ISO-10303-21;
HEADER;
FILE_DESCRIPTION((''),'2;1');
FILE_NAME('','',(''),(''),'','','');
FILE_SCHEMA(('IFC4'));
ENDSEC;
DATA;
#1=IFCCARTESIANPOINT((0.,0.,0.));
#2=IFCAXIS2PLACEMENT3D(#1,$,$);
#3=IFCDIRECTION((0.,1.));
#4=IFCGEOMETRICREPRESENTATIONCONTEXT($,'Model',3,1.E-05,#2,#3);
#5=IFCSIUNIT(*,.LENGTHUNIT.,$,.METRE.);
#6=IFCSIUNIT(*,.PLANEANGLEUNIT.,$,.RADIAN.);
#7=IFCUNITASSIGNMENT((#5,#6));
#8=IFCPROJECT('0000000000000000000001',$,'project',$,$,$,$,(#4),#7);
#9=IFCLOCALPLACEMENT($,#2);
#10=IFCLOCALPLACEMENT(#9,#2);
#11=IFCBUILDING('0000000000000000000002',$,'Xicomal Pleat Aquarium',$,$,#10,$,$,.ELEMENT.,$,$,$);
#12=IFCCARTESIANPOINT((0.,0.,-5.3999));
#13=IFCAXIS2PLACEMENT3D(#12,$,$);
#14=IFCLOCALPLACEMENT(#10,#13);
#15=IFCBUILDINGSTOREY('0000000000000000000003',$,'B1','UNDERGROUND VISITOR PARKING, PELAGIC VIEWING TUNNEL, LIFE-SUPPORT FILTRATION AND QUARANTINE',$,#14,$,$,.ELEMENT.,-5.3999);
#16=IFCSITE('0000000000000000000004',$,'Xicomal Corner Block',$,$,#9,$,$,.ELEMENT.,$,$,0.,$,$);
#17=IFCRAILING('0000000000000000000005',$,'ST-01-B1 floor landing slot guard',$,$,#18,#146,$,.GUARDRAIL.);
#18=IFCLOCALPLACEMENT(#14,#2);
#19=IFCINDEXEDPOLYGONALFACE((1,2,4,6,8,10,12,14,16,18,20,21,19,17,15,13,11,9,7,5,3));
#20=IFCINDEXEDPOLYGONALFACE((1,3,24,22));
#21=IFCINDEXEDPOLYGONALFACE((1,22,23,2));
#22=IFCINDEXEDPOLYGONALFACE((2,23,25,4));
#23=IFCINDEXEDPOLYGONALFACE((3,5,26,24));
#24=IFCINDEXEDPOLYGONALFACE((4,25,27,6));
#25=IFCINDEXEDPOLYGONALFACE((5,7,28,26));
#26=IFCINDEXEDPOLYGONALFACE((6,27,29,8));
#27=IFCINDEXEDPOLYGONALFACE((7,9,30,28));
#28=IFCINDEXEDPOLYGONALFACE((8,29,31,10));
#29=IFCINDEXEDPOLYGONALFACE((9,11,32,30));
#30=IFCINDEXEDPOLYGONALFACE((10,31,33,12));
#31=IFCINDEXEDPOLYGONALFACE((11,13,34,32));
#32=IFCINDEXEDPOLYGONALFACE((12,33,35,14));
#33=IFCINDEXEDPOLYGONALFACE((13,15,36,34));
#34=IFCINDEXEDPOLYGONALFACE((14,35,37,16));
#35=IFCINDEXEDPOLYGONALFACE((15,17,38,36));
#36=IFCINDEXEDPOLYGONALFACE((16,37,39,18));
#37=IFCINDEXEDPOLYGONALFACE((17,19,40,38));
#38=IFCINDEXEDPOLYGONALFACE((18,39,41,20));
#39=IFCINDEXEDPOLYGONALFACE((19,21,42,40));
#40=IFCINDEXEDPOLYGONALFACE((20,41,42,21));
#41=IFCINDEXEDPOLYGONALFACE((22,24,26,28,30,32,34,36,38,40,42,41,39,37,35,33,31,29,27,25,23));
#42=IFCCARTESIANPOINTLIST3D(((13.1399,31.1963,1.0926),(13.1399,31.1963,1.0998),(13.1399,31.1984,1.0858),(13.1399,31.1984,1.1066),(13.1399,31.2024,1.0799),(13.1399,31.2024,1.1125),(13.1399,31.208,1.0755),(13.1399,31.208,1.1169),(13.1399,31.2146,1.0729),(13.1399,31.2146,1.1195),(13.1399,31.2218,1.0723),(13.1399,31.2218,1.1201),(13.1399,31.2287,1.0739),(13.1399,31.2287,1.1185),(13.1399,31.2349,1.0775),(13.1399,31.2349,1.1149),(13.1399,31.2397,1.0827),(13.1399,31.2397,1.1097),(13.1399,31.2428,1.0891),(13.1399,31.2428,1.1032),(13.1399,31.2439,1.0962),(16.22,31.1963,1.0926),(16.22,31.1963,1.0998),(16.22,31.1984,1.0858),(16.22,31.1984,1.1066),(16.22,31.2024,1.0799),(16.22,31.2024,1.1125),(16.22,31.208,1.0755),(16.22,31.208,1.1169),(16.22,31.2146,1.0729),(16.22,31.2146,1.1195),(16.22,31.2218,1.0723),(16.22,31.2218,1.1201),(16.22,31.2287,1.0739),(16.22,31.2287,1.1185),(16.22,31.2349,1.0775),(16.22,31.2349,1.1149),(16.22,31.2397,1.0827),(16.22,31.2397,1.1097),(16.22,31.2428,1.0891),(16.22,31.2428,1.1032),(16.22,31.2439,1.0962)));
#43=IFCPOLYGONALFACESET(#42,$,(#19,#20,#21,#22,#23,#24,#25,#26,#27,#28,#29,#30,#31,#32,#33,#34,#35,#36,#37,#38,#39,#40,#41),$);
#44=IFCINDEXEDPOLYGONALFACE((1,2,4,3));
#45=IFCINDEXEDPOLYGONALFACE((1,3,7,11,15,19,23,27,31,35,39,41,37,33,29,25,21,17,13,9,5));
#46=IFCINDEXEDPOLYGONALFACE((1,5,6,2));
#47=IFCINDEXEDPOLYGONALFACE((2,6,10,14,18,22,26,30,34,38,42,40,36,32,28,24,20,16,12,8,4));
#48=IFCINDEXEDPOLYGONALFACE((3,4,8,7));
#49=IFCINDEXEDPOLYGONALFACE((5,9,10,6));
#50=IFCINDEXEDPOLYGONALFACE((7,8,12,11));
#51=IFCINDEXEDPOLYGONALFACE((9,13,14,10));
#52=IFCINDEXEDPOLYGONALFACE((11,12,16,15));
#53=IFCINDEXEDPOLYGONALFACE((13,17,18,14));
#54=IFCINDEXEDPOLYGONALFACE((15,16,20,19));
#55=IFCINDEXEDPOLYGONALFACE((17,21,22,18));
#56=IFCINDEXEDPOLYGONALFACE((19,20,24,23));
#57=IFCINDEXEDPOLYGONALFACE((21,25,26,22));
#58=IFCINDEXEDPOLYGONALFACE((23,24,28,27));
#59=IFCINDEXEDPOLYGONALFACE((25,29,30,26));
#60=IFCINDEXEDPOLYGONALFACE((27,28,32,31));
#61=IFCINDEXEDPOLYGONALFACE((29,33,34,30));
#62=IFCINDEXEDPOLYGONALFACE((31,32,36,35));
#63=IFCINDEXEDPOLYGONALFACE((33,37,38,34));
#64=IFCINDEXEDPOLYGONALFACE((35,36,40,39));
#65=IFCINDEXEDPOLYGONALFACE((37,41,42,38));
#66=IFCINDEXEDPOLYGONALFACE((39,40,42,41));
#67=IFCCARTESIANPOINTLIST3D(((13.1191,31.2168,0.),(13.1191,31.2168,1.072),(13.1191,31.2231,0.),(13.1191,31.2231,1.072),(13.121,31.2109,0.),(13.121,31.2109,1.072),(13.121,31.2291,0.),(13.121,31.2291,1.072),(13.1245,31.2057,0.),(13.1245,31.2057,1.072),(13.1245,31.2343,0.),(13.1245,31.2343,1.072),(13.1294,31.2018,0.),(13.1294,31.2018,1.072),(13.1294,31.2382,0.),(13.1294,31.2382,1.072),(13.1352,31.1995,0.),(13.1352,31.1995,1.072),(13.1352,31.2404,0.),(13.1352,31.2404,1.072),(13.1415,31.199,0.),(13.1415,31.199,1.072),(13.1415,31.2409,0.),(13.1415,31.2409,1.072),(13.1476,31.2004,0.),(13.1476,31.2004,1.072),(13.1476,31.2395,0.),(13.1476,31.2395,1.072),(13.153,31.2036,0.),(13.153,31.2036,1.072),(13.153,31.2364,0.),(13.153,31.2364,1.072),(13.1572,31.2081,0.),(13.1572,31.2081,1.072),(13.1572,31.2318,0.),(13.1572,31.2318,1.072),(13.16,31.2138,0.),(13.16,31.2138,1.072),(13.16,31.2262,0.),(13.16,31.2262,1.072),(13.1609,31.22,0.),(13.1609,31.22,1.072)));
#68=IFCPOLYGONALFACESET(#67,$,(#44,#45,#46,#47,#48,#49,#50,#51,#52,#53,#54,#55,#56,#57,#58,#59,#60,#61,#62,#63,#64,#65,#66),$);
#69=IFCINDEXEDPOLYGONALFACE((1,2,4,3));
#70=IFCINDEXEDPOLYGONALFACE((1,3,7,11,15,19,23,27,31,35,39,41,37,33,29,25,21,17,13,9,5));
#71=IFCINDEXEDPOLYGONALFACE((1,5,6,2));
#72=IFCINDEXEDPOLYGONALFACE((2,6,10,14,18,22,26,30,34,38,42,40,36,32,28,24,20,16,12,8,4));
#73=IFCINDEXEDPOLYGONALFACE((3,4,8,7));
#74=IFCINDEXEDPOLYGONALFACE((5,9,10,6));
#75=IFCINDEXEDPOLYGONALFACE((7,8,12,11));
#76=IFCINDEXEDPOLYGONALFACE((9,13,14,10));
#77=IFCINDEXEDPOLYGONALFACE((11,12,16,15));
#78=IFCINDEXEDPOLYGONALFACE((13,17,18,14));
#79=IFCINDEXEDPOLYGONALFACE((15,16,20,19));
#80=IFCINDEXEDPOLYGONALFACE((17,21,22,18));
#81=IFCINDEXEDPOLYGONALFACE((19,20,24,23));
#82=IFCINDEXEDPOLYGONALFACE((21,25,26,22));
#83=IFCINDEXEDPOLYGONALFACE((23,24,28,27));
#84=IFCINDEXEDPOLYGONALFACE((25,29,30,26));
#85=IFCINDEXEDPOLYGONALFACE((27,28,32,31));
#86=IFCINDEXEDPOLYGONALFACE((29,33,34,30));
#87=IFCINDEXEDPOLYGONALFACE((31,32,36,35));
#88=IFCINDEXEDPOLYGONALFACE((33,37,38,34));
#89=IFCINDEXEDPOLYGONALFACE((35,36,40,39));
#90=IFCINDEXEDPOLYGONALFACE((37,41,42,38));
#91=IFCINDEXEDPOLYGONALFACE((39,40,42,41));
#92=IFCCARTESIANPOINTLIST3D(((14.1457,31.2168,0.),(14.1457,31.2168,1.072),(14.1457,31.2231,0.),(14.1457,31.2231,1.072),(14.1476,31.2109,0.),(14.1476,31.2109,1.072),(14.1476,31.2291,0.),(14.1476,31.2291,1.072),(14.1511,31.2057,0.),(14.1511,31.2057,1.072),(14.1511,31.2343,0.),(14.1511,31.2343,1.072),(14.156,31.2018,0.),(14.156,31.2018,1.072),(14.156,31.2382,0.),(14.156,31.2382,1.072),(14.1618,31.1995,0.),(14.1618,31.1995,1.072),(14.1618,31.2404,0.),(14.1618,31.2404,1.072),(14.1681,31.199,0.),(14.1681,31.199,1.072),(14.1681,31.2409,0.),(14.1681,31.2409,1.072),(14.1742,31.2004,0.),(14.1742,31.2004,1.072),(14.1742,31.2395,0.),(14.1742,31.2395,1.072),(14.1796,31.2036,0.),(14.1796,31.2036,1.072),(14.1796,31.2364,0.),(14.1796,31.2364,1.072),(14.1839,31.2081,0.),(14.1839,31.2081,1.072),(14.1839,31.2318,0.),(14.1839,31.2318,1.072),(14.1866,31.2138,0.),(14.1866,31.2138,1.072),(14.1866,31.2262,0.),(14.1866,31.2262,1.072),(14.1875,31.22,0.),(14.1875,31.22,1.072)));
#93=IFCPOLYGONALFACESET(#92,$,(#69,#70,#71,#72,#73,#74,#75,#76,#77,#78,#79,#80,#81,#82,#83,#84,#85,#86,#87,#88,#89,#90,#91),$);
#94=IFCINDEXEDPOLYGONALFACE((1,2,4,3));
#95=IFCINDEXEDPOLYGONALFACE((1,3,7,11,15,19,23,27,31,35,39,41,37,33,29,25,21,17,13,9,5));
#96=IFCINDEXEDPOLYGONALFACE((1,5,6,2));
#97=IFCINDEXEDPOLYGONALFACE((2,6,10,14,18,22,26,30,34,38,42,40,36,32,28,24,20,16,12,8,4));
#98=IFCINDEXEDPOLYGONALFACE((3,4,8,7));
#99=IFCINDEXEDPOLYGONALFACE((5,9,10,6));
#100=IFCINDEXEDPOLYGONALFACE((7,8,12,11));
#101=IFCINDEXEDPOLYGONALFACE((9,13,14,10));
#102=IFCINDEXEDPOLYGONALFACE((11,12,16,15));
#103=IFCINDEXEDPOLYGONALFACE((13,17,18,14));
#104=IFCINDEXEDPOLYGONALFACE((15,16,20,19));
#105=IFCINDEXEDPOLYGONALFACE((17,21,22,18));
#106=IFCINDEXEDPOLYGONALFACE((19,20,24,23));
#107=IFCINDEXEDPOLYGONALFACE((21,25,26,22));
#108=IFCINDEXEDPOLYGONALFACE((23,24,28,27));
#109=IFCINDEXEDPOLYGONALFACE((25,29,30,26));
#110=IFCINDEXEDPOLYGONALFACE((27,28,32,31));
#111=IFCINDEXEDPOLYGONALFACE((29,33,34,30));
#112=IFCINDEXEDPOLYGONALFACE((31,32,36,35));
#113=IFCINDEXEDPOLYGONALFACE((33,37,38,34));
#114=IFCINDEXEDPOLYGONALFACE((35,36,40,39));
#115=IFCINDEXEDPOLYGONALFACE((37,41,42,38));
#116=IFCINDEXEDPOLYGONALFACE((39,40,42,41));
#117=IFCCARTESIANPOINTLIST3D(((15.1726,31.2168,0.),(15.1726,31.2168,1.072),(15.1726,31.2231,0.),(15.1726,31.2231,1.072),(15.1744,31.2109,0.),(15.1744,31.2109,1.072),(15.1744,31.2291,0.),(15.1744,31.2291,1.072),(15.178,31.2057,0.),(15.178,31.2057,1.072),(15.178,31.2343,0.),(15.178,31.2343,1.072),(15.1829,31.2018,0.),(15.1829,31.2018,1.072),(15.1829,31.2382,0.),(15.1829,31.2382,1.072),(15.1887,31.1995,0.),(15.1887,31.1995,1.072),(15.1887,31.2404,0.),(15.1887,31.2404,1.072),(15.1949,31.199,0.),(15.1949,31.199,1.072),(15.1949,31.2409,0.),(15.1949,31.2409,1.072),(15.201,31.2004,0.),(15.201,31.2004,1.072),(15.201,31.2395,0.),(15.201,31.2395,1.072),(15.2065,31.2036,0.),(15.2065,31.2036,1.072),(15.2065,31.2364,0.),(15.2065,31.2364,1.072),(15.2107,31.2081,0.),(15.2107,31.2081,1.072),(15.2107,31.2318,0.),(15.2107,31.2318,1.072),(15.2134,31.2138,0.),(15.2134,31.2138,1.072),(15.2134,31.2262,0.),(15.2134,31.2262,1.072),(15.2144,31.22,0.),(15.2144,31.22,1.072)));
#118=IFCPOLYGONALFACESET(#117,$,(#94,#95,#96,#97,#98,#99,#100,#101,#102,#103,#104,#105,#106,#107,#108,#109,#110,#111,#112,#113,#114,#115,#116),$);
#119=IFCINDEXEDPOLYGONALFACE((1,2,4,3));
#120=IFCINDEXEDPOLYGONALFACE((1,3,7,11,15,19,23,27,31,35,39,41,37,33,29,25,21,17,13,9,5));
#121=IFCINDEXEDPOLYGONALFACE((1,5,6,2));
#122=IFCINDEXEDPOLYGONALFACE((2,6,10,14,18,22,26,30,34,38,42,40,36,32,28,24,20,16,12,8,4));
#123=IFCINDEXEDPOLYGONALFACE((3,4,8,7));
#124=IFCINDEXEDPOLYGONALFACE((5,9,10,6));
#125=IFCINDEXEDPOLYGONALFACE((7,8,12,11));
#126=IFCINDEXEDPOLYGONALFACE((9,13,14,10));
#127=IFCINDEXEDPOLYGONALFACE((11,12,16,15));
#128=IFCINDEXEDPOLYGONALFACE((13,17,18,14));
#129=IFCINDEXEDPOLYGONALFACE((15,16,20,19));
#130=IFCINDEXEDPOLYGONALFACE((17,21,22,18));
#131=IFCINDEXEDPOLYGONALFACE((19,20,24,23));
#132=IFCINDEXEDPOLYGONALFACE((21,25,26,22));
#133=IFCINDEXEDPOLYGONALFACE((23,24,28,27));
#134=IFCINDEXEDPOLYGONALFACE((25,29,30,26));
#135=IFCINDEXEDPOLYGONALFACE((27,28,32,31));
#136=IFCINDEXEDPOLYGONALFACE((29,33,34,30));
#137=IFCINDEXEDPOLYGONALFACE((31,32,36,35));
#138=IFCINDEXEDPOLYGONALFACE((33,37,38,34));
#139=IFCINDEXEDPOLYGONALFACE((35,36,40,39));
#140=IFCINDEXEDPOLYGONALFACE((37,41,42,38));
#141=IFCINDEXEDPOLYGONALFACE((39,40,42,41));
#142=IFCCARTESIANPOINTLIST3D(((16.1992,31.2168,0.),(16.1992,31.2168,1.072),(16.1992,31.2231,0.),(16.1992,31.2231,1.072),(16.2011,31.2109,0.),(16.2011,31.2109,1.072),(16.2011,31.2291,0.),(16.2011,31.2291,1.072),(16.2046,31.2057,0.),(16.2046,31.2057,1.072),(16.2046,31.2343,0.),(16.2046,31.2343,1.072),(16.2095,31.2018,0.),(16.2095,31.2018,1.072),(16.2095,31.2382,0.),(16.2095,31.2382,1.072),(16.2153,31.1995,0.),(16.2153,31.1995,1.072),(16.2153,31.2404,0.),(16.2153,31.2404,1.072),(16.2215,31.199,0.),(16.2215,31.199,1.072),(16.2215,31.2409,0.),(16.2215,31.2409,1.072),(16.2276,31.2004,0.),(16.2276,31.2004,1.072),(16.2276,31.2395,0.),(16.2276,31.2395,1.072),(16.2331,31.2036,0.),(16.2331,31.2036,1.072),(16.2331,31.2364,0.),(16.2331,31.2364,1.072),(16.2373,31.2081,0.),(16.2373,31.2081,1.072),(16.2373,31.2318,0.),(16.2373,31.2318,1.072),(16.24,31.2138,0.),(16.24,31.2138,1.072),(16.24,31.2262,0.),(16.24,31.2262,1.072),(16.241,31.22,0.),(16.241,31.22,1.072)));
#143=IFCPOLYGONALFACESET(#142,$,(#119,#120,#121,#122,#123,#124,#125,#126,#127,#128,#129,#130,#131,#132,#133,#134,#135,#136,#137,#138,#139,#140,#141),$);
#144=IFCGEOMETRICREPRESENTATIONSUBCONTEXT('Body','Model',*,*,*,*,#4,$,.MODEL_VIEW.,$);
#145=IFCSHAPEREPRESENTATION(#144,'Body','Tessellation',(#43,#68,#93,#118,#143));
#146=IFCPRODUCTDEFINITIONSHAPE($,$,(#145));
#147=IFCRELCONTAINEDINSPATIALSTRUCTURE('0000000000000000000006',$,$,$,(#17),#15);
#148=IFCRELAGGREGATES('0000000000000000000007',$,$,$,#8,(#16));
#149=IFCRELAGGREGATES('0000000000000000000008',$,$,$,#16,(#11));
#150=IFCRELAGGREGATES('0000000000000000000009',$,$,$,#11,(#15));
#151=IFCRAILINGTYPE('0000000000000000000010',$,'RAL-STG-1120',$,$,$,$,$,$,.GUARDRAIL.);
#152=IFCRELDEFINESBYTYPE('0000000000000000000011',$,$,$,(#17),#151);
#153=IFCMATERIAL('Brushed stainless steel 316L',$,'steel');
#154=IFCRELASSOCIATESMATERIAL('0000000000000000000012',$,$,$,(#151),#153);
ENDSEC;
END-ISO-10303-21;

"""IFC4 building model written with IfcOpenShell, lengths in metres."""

from ifc_helpers import new_model, si_unit, direction, frame, origin, origin_2d, place, context, subcontext, project, spatial, circle, extrude, material, type_object, element, save


model = new_model("IFC4")

# Units and contexts
model_context = context("Model", 3, precision=1e-05, world=origin(), true_north=direction((0.0, 1.0)))
body_context = subcontext(model_context, "Body", "Model", "MODEL_VIEW")
ifc_project = project(units=[si_unit("LENGTHUNIT", "METRE"), si_unit("PLANEANGLEUNIT", "RADIAN")], contexts=[model_context])

# Site, building, storey
site_placement = place(None, origin())
site = spatial("IfcSite", under=ifc_project, at=site_placement, Name="Xicomal Corner Block", CompositionType="ELEMENT", RefElevation=0.0)
building_placement = place(site_placement, origin())
building = spatial("IfcBuilding", under=site, at=building_placement, Name="Xicomal Pleat Aquarium", CompositionType="ELEMENT")
storey_placement = place(building_placement, frame((0.0, 0.0, -5.3999)))
storey = spatial("IfcBuildingStorey", under=building, at=storey_placement, Name="B1", Description="UNDERGROUND VISITOR PARKING, PELAGIC VIEWING TUNNEL, LIFE-SUPPORT FILTRATION AND QUARANTINE", CompositionType="ELEMENT", Elevation=-5.3999)

# Railing
ifc_material_1 = material(Name="Brushed stainless steel 316L", Category="steel")
railing_type_1 = type_object("IfcRailingType", Name="RAL-STG-1120", PredefinedType="GUARDRAIL", material=ifc_material_1)
railing_1_placement = place(storey_placement, frame((13.1399, 31.22, 0.0)))
element("IfcRailing", 1, at=railing_1_placement, inside=storey, type_object=railing_type_1, Name="ST-01-B1 floor landing slot guard", PredefinedType="GUARDRAIL", context=body_context, shape_type="SweptSolid", body=[
    extrude(circle(Radius=0.0239, at=origin_2d()), frame((0.0, 0.0, 1.0962), z_axis=(1.0, 0.0, 0.0), x_axis=(0.0, 1.0, 0.0)), (0.0, 0.0, 1.0), 3.0801),
    extrude(circle(Radius=0.021, at=origin_2d()), origin(), (0.0, 0.0, 1.0), 1.072),
    extrude(circle(Radius=0.021, at=origin_2d()), frame((1.0266, 0.0, 0.0)), (0.0, 0.0, 1.0), 1.072),
    extrude(circle(Radius=0.021, at=origin_2d()), frame((2.0535, 0.0, 0.0)), (0.0, 0.0, 1.0), 1.072),
    extrude(circle(Radius=0.021, at=origin_2d()), frame((3.0801, 0.0, 0.0)), (0.0, 0.0, 1.0), 1.072),
])

save(model, "model.ifc")
